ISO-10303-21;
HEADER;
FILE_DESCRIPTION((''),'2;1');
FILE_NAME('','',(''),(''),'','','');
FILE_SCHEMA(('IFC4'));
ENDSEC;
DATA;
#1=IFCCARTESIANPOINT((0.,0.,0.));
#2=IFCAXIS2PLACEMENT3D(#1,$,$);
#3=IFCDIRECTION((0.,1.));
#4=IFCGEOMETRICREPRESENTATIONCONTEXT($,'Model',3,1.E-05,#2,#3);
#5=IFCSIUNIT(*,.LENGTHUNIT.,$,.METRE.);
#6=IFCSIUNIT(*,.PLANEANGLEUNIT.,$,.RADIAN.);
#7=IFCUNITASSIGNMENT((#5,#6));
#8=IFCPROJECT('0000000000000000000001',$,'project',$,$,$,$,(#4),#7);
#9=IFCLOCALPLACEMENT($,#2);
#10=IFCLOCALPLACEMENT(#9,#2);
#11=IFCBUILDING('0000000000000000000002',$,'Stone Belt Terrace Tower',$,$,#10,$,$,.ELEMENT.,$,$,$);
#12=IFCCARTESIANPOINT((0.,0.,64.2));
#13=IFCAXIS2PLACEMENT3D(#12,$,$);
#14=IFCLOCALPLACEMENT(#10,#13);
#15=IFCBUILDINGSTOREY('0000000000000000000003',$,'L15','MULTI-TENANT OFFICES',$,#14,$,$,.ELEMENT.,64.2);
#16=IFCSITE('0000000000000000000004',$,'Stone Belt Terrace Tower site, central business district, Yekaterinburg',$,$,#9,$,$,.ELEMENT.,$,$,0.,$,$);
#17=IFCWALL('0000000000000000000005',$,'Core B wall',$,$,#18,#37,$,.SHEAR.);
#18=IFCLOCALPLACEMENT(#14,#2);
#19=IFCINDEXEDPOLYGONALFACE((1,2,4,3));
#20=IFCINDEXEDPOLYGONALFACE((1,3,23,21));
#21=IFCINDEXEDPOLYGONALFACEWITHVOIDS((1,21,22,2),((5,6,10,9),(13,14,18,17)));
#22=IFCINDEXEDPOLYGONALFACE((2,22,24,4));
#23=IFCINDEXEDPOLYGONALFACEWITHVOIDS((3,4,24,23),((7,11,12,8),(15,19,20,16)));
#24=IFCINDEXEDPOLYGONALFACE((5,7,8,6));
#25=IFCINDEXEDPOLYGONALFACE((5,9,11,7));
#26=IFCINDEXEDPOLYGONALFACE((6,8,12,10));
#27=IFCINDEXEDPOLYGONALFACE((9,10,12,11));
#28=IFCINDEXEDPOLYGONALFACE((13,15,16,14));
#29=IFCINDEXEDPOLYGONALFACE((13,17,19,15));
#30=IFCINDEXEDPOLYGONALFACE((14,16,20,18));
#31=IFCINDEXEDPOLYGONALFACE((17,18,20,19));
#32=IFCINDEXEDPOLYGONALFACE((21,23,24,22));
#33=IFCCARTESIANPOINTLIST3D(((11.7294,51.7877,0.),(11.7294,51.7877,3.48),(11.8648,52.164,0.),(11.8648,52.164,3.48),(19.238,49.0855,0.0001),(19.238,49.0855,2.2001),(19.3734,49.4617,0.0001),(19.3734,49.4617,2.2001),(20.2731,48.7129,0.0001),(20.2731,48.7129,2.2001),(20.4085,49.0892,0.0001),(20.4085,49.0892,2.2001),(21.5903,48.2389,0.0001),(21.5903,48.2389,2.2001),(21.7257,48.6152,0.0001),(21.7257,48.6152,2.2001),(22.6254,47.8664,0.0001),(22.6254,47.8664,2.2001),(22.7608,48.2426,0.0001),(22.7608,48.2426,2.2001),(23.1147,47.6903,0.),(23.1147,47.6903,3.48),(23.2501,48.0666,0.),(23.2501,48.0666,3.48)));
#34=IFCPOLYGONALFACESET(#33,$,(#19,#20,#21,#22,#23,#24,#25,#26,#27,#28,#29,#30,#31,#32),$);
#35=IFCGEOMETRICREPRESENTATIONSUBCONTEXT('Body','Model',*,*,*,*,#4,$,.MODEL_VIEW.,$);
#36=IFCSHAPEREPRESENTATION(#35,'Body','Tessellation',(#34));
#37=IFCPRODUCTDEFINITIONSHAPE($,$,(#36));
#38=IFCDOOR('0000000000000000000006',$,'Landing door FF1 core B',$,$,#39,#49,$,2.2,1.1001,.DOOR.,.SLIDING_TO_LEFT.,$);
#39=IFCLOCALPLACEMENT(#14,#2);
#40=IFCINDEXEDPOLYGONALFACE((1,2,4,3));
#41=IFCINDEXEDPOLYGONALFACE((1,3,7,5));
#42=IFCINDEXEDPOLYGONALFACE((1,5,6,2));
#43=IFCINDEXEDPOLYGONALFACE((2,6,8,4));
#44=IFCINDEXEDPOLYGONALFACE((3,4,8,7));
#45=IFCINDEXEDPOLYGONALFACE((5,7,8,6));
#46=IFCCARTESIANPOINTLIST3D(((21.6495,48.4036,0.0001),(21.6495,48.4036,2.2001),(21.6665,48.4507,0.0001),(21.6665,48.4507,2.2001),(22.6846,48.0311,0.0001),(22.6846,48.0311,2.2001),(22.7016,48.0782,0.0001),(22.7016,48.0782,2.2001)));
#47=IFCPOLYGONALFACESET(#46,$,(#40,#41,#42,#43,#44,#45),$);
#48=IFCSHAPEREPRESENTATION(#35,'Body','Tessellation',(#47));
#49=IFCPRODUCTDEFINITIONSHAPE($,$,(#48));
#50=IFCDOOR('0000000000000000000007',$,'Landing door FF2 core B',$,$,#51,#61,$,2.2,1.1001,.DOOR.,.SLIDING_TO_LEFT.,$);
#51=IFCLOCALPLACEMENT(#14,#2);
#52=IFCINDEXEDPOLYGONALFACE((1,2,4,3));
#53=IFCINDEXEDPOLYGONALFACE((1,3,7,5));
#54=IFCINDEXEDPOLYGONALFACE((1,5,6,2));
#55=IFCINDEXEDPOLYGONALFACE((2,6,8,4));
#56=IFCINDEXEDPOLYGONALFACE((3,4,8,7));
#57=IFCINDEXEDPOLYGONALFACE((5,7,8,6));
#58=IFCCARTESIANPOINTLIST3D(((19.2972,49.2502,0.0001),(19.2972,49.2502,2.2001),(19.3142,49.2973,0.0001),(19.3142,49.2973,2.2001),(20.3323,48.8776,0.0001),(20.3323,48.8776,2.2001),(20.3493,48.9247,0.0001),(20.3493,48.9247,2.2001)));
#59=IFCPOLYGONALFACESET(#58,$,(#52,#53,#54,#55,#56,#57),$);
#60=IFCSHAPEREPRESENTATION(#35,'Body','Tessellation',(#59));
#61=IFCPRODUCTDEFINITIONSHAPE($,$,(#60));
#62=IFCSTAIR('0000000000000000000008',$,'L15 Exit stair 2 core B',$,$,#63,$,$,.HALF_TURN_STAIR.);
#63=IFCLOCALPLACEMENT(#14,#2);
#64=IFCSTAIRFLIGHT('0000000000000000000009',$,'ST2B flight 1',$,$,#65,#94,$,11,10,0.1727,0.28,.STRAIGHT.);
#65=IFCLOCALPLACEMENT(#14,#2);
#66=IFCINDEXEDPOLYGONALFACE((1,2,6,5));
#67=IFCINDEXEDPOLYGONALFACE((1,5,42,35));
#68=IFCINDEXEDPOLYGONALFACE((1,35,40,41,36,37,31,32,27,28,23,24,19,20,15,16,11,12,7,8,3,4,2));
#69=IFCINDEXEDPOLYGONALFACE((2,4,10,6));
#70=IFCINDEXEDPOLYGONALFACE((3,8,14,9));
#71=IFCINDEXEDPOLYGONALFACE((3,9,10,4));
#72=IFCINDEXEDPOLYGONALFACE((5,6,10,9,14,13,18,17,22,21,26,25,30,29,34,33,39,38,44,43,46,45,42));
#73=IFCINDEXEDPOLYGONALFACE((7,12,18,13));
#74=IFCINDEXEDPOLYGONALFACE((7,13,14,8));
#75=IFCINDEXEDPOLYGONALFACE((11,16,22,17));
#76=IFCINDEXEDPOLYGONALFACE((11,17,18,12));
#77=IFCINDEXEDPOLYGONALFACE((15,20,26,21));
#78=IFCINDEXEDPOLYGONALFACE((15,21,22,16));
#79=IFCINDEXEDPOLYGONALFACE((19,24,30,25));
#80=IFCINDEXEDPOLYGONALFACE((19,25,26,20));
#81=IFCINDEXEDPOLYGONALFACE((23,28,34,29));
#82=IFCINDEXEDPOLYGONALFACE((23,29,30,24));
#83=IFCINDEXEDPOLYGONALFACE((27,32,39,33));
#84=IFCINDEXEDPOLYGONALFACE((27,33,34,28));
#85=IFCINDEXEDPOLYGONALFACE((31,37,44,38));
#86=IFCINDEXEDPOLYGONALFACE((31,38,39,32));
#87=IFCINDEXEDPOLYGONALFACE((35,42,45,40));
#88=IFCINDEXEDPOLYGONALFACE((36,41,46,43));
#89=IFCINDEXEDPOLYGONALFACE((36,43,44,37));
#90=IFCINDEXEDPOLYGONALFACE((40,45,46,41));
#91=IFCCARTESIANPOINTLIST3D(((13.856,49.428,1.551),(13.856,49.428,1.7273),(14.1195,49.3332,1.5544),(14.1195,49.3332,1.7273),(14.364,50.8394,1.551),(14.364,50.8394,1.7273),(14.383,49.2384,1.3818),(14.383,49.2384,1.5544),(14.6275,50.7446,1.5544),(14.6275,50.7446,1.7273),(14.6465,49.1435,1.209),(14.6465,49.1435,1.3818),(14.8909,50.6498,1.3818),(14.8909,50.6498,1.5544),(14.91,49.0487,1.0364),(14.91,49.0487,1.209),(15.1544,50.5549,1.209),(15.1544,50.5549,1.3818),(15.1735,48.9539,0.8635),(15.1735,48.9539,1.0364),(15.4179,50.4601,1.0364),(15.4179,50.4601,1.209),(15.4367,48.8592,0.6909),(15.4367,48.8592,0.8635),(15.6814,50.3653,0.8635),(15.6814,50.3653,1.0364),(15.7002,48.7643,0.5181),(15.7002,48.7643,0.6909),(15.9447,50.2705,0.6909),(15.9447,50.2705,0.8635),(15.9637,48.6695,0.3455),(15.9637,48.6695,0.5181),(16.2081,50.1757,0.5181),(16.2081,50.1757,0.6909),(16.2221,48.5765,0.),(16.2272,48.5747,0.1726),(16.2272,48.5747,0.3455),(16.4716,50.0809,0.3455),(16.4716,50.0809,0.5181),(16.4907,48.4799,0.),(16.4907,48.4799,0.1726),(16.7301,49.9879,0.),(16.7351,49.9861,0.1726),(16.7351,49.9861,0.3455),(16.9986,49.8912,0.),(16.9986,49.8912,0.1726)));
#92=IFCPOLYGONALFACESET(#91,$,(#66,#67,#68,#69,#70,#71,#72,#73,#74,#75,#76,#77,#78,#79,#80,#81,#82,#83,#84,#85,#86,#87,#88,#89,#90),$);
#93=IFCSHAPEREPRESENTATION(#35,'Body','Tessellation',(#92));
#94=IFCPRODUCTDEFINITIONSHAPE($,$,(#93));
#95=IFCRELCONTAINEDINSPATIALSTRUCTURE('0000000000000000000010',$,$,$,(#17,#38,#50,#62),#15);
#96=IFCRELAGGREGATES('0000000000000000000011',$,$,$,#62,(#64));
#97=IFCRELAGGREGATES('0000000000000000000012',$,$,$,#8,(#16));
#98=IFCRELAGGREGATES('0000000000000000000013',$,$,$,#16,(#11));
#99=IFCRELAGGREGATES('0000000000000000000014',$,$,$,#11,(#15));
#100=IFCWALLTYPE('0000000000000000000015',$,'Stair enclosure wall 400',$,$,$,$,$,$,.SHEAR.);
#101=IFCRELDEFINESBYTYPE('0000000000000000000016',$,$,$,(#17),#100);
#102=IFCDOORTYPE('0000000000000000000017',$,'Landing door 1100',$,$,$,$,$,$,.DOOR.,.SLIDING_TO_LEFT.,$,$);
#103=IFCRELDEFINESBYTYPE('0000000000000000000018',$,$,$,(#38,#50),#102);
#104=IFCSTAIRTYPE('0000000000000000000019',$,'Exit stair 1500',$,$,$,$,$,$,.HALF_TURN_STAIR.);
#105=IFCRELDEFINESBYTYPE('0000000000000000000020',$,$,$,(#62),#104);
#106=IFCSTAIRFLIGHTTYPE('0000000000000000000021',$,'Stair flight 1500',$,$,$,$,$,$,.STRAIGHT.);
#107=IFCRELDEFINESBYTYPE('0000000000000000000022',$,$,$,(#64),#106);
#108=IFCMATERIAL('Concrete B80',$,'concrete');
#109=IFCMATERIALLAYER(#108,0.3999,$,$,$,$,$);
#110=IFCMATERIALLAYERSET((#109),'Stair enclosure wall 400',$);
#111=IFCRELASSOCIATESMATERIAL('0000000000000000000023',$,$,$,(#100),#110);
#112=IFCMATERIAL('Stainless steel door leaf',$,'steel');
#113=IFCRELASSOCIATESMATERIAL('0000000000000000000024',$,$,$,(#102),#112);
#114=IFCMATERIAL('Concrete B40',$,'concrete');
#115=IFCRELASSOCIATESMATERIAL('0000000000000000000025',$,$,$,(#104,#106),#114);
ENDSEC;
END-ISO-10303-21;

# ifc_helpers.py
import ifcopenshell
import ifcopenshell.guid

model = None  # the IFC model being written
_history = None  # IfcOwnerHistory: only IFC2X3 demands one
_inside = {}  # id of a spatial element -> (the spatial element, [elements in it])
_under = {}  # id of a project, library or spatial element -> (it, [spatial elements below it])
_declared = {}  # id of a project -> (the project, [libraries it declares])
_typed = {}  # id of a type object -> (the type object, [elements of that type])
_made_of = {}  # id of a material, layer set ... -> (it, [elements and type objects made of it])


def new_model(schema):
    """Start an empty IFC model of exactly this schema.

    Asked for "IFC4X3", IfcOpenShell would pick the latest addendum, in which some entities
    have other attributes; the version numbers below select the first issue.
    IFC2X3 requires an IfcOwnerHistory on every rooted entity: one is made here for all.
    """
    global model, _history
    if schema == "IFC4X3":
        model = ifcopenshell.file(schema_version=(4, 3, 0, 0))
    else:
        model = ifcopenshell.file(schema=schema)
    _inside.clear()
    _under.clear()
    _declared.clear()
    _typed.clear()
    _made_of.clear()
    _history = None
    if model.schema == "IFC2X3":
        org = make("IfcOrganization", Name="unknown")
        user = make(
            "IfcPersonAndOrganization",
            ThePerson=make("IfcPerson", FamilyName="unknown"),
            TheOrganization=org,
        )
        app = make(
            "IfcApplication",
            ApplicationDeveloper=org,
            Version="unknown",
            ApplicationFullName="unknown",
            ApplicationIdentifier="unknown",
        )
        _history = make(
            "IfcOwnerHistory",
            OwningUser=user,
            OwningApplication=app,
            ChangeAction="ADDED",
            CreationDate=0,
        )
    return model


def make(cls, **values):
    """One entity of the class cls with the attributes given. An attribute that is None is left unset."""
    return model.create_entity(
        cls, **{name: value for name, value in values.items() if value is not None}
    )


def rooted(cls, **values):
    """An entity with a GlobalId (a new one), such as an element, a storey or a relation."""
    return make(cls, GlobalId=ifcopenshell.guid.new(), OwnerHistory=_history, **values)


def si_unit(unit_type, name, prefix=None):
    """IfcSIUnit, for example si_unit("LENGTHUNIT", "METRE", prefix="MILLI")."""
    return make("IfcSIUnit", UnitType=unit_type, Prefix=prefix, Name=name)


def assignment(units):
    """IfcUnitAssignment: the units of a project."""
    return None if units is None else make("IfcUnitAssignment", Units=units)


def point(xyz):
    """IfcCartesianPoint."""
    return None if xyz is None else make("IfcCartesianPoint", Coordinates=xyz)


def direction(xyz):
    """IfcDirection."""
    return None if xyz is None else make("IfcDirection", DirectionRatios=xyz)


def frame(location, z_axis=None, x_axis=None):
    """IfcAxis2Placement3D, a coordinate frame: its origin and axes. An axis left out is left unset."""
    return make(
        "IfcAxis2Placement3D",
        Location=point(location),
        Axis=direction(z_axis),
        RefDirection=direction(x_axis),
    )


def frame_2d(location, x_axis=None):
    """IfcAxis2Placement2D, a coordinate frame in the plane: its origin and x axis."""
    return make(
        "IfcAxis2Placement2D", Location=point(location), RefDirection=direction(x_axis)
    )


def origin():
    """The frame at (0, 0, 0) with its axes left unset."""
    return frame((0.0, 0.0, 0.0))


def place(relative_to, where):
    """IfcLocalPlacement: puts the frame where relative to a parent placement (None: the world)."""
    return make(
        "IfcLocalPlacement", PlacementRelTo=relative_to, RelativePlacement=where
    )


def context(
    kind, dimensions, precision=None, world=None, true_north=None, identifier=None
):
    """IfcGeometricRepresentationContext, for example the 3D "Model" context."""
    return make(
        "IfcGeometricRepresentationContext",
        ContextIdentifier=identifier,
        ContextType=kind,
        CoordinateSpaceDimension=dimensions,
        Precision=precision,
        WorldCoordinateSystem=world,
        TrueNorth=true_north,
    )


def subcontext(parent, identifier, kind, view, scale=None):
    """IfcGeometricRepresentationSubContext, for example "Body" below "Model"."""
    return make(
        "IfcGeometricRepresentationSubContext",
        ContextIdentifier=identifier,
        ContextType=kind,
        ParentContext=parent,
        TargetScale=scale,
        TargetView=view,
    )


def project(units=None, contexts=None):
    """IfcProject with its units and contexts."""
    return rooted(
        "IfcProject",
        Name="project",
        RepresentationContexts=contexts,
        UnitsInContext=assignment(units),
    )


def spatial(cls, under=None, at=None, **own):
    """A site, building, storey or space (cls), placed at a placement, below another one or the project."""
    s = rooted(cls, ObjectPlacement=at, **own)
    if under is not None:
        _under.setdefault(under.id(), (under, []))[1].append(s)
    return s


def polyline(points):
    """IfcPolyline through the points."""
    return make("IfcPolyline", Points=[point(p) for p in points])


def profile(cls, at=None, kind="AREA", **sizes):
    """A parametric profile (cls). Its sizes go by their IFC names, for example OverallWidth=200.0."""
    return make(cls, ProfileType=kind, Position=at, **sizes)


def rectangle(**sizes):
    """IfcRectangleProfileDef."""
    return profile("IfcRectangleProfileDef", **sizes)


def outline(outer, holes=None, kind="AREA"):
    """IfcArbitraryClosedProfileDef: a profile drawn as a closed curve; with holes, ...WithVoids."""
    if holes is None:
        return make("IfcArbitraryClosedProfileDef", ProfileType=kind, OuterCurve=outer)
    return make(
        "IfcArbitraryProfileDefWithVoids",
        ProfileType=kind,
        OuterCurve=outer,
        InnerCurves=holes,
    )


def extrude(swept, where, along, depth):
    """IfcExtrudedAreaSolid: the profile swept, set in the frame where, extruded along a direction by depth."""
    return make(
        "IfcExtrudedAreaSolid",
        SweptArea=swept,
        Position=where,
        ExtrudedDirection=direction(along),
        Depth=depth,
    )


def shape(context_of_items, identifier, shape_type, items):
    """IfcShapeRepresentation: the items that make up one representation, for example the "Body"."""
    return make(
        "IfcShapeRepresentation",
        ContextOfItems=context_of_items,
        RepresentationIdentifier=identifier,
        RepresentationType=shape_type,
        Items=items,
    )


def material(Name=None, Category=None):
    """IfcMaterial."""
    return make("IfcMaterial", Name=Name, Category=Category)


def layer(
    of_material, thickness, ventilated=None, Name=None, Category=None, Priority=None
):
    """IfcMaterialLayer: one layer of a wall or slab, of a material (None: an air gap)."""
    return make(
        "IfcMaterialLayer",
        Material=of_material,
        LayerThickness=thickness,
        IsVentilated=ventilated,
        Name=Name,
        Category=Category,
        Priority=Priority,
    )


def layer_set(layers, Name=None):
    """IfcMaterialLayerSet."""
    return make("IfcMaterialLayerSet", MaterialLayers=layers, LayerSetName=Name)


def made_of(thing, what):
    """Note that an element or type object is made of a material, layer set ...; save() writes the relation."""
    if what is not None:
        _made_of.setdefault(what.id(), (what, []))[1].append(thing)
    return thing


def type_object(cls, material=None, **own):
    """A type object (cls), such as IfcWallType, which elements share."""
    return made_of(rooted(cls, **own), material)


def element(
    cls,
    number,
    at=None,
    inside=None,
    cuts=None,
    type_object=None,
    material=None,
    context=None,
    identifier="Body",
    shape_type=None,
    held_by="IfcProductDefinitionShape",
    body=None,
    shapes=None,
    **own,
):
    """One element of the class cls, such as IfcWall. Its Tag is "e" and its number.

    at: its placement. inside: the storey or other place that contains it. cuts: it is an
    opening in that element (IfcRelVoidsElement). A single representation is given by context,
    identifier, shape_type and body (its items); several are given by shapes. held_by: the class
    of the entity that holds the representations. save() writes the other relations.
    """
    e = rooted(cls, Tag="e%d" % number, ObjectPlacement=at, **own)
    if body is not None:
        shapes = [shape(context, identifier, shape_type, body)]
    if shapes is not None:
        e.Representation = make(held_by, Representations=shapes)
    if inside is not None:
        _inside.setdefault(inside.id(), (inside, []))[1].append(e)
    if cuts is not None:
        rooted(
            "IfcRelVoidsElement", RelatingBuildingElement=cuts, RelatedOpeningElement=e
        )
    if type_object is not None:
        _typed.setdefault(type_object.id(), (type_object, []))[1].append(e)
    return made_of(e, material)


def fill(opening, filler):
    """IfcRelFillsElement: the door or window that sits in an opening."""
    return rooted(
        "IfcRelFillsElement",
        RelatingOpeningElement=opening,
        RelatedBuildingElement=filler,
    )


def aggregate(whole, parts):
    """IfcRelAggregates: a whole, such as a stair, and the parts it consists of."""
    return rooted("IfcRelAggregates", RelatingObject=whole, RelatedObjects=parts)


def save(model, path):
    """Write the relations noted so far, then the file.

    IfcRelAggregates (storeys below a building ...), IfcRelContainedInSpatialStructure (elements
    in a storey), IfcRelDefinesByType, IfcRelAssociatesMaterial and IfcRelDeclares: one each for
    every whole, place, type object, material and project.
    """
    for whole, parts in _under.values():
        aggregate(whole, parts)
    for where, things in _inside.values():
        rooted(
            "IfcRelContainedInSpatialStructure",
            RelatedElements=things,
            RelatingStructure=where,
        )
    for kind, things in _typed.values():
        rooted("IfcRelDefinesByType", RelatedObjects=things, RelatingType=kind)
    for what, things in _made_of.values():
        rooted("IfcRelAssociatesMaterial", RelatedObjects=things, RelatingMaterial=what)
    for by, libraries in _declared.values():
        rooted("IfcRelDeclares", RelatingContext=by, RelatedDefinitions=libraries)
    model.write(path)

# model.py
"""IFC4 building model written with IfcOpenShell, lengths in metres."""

from ifc_helpers import new_model, si_unit, direction, frame, frame_2d, origin, place, context, subcontext, project, spatial, polyline, rectangle, outline, extrude, material, layer, layer_set, type_object, element, fill, aggregate, save


model = new_model("IFC4")

# Units and contexts
model_context = context("Model", 3, precision=1e-05, world=origin(), true_north=direction((0.0, 1.0)))
body_context = subcontext(model_context, "Body", "Model", "MODEL_VIEW")
ifc_project = project(units=[si_unit("LENGTHUNIT", "METRE"), si_unit("PLANEANGLEUNIT", "RADIAN")], contexts=[model_context])

# Site, building, storey
site_placement = place(None, origin())
site = spatial("IfcSite", under=ifc_project, at=site_placement, Name="Stone Belt Terrace Tower site, central business district, Yekaterinburg", CompositionType="ELEMENT", RefElevation=0.0)
building_placement = place(site_placement, origin())
building = spatial("IfcBuilding", under=site, at=building_placement, Name="Stone Belt Terrace Tower", CompositionType="ELEMENT")
storey_placement = place(building_placement, frame((0.0, 0.0, 64.2)))
storey = spatial("IfcBuildingStorey", under=building, at=storey_placement, Name="L15", Description="MULTI-TENANT OFFICES", CompositionType="ELEMENT", Elevation=64.2)

# Shared definitions
ifc_material_1 = material(Name="Concrete B80", Category="concrete")

# Wall, openings, doors
ifc_layer_1 = layer(ifc_material_1, 0.3999)
ifc_layer_set_1 = layer_set([ifc_layer_1], Name="Stair enclosure wall 400")
wall_type_1 = type_object("IfcWallType", Name="Stair enclosure wall 400", PredefinedType="SHEAR", material=ifc_layer_set_1)
wall_1_placement = place(storey_placement, frame((23.1824, 47.8784, 0.0), z_axis=(0.0, 0.0, 1.0), x_axis=(-0.940921, 0.338626, 0.0)))
wall_1 = element("IfcWall", 1, at=wall_1_placement, inside=storey, type_object=wall_type_1, Name="Core B wall", PredefinedType="SHEAR", context=body_context, shape_type="SweptSolid", body=[
    extrude(rectangle(XDim=12.1001, YDim=0.3999, at=frame_2d((6.05, 0.0))), origin(), (0.0, 0.0, 1.0), 3.48),
])
opening_1_placement = place(wall_1_placement, frame((0.52, 0.0, 0.0)))
opening_1 = element("IfcOpeningElement", 2, at=opening_1_placement, cuts=wall_1, PredefinedType="OPENING", context=body_context, shape_type="SweptSolid", body=[
    extrude(rectangle(XDim=1.1001, YDim=2.2, at=frame_2d((0.55, 1.1001))), frame((0.0, 0.21, 0.0), z_axis=(0.0, -1.0, 0.0), x_axis=(1.0, 0.0, 0.0)), (0.0, 0.0, 1.0), 0.4199),
])
opening_2_placement = place(wall_1_placement, frame((3.02, 0.0, 0.0)))
opening_2 = element("IfcOpeningElement", 3, at=opening_2_placement, cuts=wall_1, PredefinedType="OPENING", context=body_context, shape_type="SweptSolid", body=[
    extrude(rectangle(XDim=1.1001, YDim=2.2, at=frame_2d((0.55, 1.1001))), frame((0.0, 0.21, 0.0), z_axis=(0.0, -1.0, 0.0), x_axis=(1.0, 0.0, 0.0)), (0.0, 0.0, 1.0), 0.4199),
])
ifc_material_2 = material(Name="Stainless steel door leaf", Category="steel")
door_type_1 = type_object("IfcDoorType", Name="Landing door 1100", OperationType="SLIDING_TO_LEFT", PredefinedType="DOOR", material=ifc_material_2)
door_1_placement = place(opening_1_placement, origin())
door_1 = element("IfcDoor", 4, at=door_1_placement, inside=storey, type_object=door_type_1, Name="Landing door FF1 core B", OperationType="SLIDING_TO_LEFT", OverallHeight=2.2, OverallWidth=1.1001, PredefinedType="DOOR", context=body_context, shape_type="SweptSolid", body=[
    extrude(rectangle(XDim=1.1001, YDim=2.2, at=frame_2d((0.55, 1.1001))), frame((0.0, 0.0249, 0.0), z_axis=(0.0, -1.0, 0.0), x_axis=(1.0, 0.0, 0.0)), (0.0, 0.0, 1.0), 0.05),
])
fill(opening_1, door_1)
door_2_placement = place(opening_2_placement, origin())
door_2 = element("IfcDoor", 5, at=door_2_placement, inside=storey, type_object=door_type_1, Name="Landing door FF2 core B", OperationType="SLIDING_TO_LEFT", OverallHeight=2.2, OverallWidth=1.1001, PredefinedType="DOOR", context=body_context, shape_type="SweptSolid", body=[
    extrude(rectangle(XDim=1.1001, YDim=2.2, at=frame_2d((0.55, 1.1001))), frame((0.0, 0.0249, 0.0), z_axis=(0.0, -1.0, 0.0), x_axis=(1.0, 0.0, 0.0)), (0.0, 0.0, 1.0), 0.05),
])
fill(opening_2, door_2)

# Stair, stair flight
ifc_material_3 = material(Name="Concrete B40", Category="concrete")
stair_type = type_object("IfcStairType", Name="Exit stair 1500", PredefinedType="HALF_TURN_STAIR", material=ifc_material_3)
stair_placement = place(storey_placement, origin())
stair = element("IfcStair", 6, at=stair_placement, inside=storey, type_object=stair_type, Name="L15 Exit stair 2 core B", PredefinedType="HALF_TURN_STAIR")
stair_flight_type = type_object("IfcStairFlightType", Name="Stair flight 1500", PredefinedType="STRAIGHT", material=ifc_material_3)
stair_flight_placement = place(storey_placement, frame((16.7446, 49.1855, 0.0), z_axis=(0.0, 0.0, 1.0), x_axis=(-0.940922, 0.338624, 0.0)))
stair_flight = element("IfcStairFlight", 7, at=stair_flight_placement, type_object=stair_flight_type, Name="ST2B flight 1", NumberOfRisers=11, NumberOfTreads=10, PredefinedType="STRAIGHT", RiserHeight=0.1727, TreadLength=0.28, context=body_context, shape_type="SweptSolid", body=[
    extrude(outline(polyline([(0.0, 0.0), (0.0, 0.1726), (0.28, 0.1726), (0.28, 0.3455), (0.5601, 0.3455), (0.5601, 0.5181), (0.8401, 0.5181), (0.8401, 0.6909), (1.1201, 0.6909), (1.1201, 0.8635), (1.3999, 0.8635), (1.3999, 1.0364), (1.6799, 1.0364), (1.6799, 1.209), (1.96, 1.209), (1.96, 1.3818), (2.24, 1.3818), (2.24, 1.5544), (2.52, 1.5544), (2.52, 1.7273), (2.8, 1.7273), (2.8, 1.8999), (2.8, 1.551), (0.2854, 0.0), (0.0, 0.0)])), frame((0.0, 0.75, 0.0), z_axis=(0.0, -1.0, 0.0), x_axis=(1.0, 0.0, 0.0)), (0.0, 0.0, 1.0), 1.5),
])
aggregate(stair, [stair_flight])

save(model, "model.ifc")
